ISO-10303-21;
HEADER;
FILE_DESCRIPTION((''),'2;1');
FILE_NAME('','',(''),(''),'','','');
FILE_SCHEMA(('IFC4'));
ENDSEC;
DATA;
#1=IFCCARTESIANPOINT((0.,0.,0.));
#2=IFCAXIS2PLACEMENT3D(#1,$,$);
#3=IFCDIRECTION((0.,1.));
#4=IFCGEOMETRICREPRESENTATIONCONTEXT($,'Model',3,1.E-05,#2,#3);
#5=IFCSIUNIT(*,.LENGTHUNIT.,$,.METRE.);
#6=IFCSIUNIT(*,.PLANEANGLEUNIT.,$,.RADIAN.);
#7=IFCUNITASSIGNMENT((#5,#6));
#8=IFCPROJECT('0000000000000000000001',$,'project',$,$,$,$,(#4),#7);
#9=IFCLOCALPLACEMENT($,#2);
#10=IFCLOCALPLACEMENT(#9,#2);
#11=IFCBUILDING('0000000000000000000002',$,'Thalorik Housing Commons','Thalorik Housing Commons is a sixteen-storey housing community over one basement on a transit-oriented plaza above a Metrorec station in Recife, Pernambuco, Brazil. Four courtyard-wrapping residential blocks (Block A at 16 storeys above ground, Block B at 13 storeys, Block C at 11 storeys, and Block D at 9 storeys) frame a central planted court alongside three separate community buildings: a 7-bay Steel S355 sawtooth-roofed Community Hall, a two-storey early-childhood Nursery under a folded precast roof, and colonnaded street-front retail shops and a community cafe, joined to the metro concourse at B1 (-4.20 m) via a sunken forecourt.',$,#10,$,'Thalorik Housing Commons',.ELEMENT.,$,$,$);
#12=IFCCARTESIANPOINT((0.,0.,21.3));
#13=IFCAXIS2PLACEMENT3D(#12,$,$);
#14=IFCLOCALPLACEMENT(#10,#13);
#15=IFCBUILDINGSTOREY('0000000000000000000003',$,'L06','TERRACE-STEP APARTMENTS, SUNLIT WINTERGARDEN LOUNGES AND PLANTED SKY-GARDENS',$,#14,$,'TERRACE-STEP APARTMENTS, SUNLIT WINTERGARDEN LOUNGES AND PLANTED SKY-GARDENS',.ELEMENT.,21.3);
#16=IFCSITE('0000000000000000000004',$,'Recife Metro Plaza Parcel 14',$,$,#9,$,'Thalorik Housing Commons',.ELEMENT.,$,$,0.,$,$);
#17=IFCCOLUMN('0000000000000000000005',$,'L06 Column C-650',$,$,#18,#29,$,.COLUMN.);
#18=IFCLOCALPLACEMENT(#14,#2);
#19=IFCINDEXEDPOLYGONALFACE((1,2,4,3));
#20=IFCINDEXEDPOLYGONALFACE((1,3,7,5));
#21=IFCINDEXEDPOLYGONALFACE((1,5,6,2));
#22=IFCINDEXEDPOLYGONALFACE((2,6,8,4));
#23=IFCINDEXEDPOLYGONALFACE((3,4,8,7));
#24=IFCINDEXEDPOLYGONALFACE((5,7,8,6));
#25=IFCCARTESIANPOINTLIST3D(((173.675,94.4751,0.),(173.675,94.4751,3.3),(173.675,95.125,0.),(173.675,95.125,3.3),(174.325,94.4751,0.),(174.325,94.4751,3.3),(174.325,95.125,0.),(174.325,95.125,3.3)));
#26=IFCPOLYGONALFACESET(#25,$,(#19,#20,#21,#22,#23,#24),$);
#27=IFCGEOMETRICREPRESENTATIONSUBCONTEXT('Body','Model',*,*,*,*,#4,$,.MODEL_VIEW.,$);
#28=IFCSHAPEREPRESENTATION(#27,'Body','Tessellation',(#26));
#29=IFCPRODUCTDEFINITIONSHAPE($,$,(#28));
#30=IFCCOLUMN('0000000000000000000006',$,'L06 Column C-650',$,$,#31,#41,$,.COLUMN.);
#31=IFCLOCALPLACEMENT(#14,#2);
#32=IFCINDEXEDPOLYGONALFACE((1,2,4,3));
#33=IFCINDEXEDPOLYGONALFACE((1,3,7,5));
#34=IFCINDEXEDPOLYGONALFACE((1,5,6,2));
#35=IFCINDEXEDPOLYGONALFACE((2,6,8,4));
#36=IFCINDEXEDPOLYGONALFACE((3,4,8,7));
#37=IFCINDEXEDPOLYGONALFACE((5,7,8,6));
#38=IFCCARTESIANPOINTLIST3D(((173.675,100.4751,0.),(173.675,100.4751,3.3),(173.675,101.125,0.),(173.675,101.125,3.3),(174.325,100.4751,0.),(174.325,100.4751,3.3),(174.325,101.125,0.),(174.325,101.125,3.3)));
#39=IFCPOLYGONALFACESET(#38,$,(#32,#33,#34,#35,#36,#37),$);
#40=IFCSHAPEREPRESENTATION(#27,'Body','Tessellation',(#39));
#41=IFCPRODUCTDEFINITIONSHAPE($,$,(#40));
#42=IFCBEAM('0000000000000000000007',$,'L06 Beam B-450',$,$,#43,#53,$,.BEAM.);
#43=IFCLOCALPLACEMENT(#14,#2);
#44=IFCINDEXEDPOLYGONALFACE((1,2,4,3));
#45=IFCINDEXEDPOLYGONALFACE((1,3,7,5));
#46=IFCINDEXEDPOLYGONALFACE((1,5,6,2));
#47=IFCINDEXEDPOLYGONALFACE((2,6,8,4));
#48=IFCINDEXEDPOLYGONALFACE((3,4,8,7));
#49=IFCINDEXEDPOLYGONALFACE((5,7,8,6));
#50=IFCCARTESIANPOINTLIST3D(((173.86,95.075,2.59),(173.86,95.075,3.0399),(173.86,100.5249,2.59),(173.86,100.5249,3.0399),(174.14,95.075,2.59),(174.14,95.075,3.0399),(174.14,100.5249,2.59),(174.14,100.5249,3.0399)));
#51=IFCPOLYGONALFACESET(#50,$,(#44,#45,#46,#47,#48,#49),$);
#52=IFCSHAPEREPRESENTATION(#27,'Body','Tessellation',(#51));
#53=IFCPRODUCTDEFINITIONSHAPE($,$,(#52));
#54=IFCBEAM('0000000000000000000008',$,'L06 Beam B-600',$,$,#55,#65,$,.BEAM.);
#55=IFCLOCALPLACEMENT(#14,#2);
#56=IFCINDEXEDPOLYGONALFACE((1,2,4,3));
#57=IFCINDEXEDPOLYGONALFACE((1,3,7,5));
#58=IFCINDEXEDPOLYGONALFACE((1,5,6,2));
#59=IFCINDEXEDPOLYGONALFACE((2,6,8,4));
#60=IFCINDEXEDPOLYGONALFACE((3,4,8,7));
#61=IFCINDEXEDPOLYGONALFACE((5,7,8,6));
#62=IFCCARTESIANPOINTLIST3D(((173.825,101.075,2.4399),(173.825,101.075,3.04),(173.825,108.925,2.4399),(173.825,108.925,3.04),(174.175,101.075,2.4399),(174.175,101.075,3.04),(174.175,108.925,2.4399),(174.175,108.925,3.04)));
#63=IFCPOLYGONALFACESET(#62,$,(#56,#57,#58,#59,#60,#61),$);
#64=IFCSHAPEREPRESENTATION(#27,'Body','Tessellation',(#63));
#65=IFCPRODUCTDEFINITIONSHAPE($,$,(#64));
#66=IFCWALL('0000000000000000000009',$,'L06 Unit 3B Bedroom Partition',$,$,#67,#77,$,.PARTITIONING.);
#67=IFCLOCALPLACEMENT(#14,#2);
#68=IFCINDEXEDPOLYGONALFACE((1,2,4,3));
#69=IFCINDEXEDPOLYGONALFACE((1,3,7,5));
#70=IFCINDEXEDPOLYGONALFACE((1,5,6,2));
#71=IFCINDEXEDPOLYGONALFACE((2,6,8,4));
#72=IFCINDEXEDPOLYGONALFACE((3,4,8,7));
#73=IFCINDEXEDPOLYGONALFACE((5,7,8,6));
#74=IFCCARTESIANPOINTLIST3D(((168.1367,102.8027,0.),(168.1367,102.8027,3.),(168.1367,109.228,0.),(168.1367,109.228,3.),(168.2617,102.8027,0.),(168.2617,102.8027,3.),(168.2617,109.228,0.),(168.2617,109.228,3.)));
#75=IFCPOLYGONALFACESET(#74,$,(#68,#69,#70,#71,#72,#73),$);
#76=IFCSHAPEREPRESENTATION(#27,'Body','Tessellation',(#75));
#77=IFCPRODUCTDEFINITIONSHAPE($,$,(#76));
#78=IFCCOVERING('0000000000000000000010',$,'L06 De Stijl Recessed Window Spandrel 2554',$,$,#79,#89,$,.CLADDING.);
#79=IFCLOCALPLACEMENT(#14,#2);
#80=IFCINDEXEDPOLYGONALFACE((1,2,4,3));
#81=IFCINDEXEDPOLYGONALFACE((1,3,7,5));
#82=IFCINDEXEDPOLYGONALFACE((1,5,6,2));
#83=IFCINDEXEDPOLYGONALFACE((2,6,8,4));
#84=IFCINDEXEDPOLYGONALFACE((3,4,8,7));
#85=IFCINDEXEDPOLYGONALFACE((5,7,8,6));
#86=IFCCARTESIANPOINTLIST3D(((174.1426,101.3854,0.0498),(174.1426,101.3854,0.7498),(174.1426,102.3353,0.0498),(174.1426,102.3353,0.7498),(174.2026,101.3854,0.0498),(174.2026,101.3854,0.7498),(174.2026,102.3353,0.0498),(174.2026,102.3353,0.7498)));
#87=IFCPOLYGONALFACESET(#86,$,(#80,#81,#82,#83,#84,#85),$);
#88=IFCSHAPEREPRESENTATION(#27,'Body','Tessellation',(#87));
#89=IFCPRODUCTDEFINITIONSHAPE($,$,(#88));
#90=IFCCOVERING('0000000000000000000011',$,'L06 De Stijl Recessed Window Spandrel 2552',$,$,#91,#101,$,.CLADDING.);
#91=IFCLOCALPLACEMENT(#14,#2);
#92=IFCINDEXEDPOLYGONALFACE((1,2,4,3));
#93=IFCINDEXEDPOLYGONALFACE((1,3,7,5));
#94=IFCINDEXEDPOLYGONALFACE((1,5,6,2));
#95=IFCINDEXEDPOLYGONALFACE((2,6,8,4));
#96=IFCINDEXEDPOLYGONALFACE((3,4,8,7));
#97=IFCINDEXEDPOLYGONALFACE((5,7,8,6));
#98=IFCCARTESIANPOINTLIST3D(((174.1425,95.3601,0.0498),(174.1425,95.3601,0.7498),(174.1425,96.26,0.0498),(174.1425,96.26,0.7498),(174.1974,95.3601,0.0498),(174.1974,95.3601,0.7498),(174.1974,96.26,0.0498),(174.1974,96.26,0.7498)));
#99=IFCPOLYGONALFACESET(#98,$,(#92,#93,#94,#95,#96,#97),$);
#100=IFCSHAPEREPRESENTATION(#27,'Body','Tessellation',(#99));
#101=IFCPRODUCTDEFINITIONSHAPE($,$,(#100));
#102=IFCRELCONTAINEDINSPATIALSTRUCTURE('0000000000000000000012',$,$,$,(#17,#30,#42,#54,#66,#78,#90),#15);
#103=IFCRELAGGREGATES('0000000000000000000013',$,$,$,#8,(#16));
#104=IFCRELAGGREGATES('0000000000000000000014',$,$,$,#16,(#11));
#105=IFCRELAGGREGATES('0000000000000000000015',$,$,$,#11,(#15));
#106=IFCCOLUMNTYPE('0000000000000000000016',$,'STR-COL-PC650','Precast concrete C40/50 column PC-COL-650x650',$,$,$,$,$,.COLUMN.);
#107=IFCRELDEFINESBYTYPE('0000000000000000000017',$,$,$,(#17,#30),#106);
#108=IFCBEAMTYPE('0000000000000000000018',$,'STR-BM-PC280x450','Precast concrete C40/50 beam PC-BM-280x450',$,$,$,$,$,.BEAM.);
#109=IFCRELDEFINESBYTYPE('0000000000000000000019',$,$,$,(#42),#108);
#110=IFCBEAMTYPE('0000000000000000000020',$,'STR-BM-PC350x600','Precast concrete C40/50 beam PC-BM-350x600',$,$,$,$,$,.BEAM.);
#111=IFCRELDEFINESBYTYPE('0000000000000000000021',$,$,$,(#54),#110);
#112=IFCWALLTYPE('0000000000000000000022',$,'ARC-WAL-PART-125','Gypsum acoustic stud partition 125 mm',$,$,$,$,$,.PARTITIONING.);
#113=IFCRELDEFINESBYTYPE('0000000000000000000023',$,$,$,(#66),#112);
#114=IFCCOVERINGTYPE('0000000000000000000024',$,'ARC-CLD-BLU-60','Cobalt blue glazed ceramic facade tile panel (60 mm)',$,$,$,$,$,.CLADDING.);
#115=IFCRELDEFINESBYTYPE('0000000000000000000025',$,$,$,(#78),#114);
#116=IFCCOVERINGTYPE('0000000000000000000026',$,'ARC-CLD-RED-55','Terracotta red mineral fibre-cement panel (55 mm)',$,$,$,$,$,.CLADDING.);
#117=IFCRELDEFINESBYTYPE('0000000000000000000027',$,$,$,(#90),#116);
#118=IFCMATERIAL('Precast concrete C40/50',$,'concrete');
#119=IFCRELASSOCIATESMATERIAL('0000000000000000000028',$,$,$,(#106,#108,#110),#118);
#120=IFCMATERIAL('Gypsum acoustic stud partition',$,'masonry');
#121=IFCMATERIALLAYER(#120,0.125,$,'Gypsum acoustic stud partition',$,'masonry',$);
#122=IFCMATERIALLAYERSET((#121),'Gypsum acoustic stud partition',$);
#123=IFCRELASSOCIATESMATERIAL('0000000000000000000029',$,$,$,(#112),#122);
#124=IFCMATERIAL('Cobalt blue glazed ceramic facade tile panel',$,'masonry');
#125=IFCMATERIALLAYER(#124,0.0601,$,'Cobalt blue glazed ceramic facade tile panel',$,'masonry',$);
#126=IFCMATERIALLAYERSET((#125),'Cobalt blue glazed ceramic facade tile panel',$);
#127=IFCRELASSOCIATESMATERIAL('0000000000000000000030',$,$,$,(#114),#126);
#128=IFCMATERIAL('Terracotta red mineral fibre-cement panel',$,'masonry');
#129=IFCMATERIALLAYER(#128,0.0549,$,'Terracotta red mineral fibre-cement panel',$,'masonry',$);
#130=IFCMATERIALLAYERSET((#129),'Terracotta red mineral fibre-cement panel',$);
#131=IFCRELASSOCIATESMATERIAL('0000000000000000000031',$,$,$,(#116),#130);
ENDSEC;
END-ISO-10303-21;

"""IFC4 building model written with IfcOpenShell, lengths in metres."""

from ifc_helpers import new_model, si_unit, direction, frame, frame_2d, origin, origin_2d, place, context, subcontext, project, spatial, rectangle, extrude, material, layer, layer_set, material_profile, profile_set, type_object, element, save


model = new_model("IFC4")

# Units and contexts
model_context = context("Model", 3, precision=1e-05, world=origin(), true_north=direction((0.0, 1.0)))
body_context = subcontext(model_context, "Body", "Model", "MODEL_VIEW")
ifc_project = project(units=[si_unit("LENGTHUNIT", "METRE"), si_unit("PLANEANGLEUNIT", "RADIAN")], contexts=[model_context])

# Site, building, storey
site_placement = place(None, origin())
site = spatial("IfcSite", under=ifc_project, at=site_placement, Name="Recife Metro Plaza Parcel 14", LongName="Thalorik Housing Commons", CompositionType="ELEMENT", RefElevation=0.0)
building_placement = place(site_placement, origin())
building = spatial("IfcBuilding", under=site, at=building_placement, Name="Thalorik Housing Commons", Description="Thalorik Housing Commons is a sixteen-storey housing community over one basement on a transit-oriented plaza above a Metrorec station in Recife, Pernambuco, Brazil. Four courtyard-wrapping residential blocks (Block A at 16 storeys above ground, Block B at 13 storeys, Block C at 11 storeys, and Block D at 9 storeys) frame a central planted court alongside three separate community buildings: a 7-bay Steel S355 sawtooth-roofed Community Hall, a two-storey early-childhood Nursery under a folded precast roof, and colonnaded street-front retail shops and a community cafe, joined to the metro concourse at B1 (-4.20 m) via a sunken forecourt.", LongName="Thalorik Housing Commons", CompositionType="ELEMENT")
storey_placement = place(building_placement, frame((0.0, 0.0, 21.3)))
storey = spatial("IfcBuildingStorey", under=building, at=storey_placement, Name="L06", Description="TERRACE-STEP APARTMENTS, SUNLIT WINTERGARDEN LOUNGES AND PLANTED SKY-GARDENS", LongName="TERRACE-STEP APARTMENTS, SUNLIT WINTERGARDEN LOUNGES AND PLANTED SKY-GARDENS", CompositionType="ELEMENT", Elevation=21.3)

# Columns
ifc_material_1 = material(Name="Precast concrete C40/50", Category="concrete")
ifc_material_profile_1 = material_profile(ifc_material_1, rectangle(XDim=0.6499, YDim=0.6499, at=origin_2d()), Name="PC 650x650", Category="concrete")
ifc_profile_set_1 = profile_set([ifc_material_profile_1], Name="Precast concrete C40/50")
column_type = type_object("IfcColumnType", Name="STR-COL-PC650", Description="Precast concrete C40/50 column PC-COL-650x650", PredefinedType="COLUMN", material=ifc_profile_set_1)
for number, where, z_axis, x_axis, name in (
    (1, (174.0, 94.8, 0.0), (0.0, 0.0, 1.0), (1.0, 0.0, 0.0), "L06 Column C-650"),
    (2, (174.0, 100.8, 0.0), (0.0, 0.0, 1.0), (1.0, 0.0, 0.0), "L06 Column C-650"),
):
    element("IfcColumn", number, at=place(storey_placement, frame(where, z_axis=z_axis, x_axis=x_axis)), inside=storey, type_object=column_type, Name=name, PredefinedType="COLUMN", context=body_context, shape_type="SweptSolid", body=[
        extrude(rectangle(XDim=0.6499, YDim=0.6499, at=origin_2d()), origin(), (0.0, 0.0, 1.0), 3.3),
    ])

# Beams
ifc_material_profile_2 = material_profile(ifc_material_1, rectangle(XDim=0.28, YDim=0.45, at=origin_2d()), Name="PC 280x450", Category="concrete")
ifc_profile_set_2 = profile_set([ifc_material_profile_2], Name="Precast concrete C40/50")
beam_type_1 = type_object("IfcBeamType", Name="STR-BM-PC280x450", Description="Precast concrete C40/50 beam PC-BM-280x450", PredefinedType="BEAM", material=ifc_profile_set_2)
beam_1_placement = place(storey_placement, frame((174.0, 95.075, 2.8149), z_axis=(0.0, 1.0, 0.0), x_axis=(-1.0, 0.0, 0.0)))
element("IfcBeam", 3, at=beam_1_placement, inside=storey, type_object=beam_type_1, Name="L06 Beam B-450", PredefinedType="BEAM", context=body_context, shape_type="SweptSolid", body=[
    extrude(rectangle(XDim=0.28, YDim=0.45, at=origin_2d()), origin(), (0.0, 0.0, 1.0), 5.45),
])
ifc_material_profile_3 = material_profile(ifc_material_1, rectangle(XDim=0.3501, YDim=0.6001, at=origin_2d()), Name="PC 350x600", Category="concrete")
ifc_profile_set_3 = profile_set([ifc_material_profile_3], Name="Precast concrete C40/50")
beam_type_2 = type_object("IfcBeamType", Name="STR-BM-PC350x600", Description="Precast concrete C40/50 beam PC-BM-350x600", PredefinedType="BEAM", material=ifc_profile_set_3)
beam_2_placement = place(storey_placement, frame((174.0, 101.075, 2.74), z_axis=(0.0, 1.0, 0.0), x_axis=(-1.0, 0.0, 0.0)))
element("IfcBeam", 4, at=beam_2_placement, inside=storey, type_object=beam_type_2, Name="L06 Beam B-600", PredefinedType="BEAM", context=body_context, shape_type="SweptSolid", body=[
    extrude(rectangle(XDim=0.3501, YDim=0.6001, at=origin_2d()), origin(), (0.0, 0.0, 1.0), 7.8501),
])

# Wall
ifc_material_2 = material(Name="Gypsum acoustic stud partition", Category="masonry")
ifc_layer_1 = layer(ifc_material_2, 0.125, Name="Gypsum acoustic stud partition", Category="masonry")
ifc_layer_set_1 = layer_set([ifc_layer_1], Name="Gypsum acoustic stud partition")
wall_type_1 = type_object("IfcWallType", Name="ARC-WAL-PART-125", Description="Gypsum acoustic stud partition 125 mm", PredefinedType="PARTITIONING", material=ifc_layer_set_1)
wall_1_placement = place(storey_placement, frame((168.1992, 102.8027, 0.0), z_axis=(0.0, 0.0, 1.0), x_axis=(0.0, 1.0, 0.0)))
element("IfcWall", 5, at=wall_1_placement, inside=storey, type_object=wall_type_1, Name="L06 Unit 3B Bedroom Partition", PredefinedType="PARTITIONING", context=body_context, shape_type="SweptSolid", body=[
    extrude(rectangle(XDim=6.4253, YDim=0.125, at=frame_2d((3.2126, 0.0))), origin(), (0.0, 0.0, 1.0), 3.0),
])

# Coverings
ifc_material_3 = material(Name="Cobalt blue glazed ceramic facade tile panel", Category="masonry")
ifc_layer_2 = layer(ifc_material_3, 0.0601, Name="Cobalt blue glazed ceramic facade tile panel", Category="masonry")
ifc_layer_set_2 = layer_set([ifc_layer_2], Name="Cobalt blue glazed ceramic facade tile panel")
covering_type_1 = type_object("IfcCoveringType", Name="ARC-CLD-BLU-60", Description="Cobalt blue glazed ceramic facade tile panel (60 mm)", PredefinedType="CLADDING", material=ifc_layer_set_2)
covering_1_placement = place(storey_placement, frame((174.1726, 101.8604, 0.0498), z_axis=(0.0, 0.0, 1.0), x_axis=(0.0, 1.0, 0.0)))
element("IfcCovering", 6, at=covering_1_placement, inside=storey, type_object=covering_type_1, Name="L06 De Stijl Recessed Window Spandrel 2554", PredefinedType="CLADDING", context=body_context, shape_type="SweptSolid", body=[
    extrude(rectangle(XDim=0.95, YDim=0.0601, at=origin_2d()), origin(), (0.0, 0.0, 1.0), 0.7),
])
ifc_material_4 = material(Name="Terracotta red mineral fibre-cement panel", Category="masonry")
ifc_layer_3 = layer(ifc_material_4, 0.0549, Name="Terracotta red mineral fibre-cement panel", Category="masonry")
ifc_layer_set_3 = layer_set([ifc_layer_3], Name="Terracotta red mineral fibre-cement panel")
covering_type_2 = type_object("IfcCoveringType", Name="ARC-CLD-RED-55", Description="Terracotta red mineral fibre-cement panel (55 mm)", PredefinedType="CLADDING", material=ifc_layer_set_3)
covering_2_placement = place(storey_placement, frame((174.1699, 95.8101, 0.0498), z_axis=(0.0, 0.0, 1.0), x_axis=(0.0, 1.0, 0.0)))
element("IfcCovering", 7, at=covering_2_placement, inside=storey, type_object=covering_type_2, Name="L06 De Stijl Recessed Window Spandrel 2552", PredefinedType="CLADDING", context=body_context, shape_type="SweptSolid", body=[
    extrude(rectangle(XDim=0.8999, YDim=0.0549, at=origin_2d()), origin(), (0.0, 0.0, 1.0), 0.7),
])

save(model, "model.ifc")
